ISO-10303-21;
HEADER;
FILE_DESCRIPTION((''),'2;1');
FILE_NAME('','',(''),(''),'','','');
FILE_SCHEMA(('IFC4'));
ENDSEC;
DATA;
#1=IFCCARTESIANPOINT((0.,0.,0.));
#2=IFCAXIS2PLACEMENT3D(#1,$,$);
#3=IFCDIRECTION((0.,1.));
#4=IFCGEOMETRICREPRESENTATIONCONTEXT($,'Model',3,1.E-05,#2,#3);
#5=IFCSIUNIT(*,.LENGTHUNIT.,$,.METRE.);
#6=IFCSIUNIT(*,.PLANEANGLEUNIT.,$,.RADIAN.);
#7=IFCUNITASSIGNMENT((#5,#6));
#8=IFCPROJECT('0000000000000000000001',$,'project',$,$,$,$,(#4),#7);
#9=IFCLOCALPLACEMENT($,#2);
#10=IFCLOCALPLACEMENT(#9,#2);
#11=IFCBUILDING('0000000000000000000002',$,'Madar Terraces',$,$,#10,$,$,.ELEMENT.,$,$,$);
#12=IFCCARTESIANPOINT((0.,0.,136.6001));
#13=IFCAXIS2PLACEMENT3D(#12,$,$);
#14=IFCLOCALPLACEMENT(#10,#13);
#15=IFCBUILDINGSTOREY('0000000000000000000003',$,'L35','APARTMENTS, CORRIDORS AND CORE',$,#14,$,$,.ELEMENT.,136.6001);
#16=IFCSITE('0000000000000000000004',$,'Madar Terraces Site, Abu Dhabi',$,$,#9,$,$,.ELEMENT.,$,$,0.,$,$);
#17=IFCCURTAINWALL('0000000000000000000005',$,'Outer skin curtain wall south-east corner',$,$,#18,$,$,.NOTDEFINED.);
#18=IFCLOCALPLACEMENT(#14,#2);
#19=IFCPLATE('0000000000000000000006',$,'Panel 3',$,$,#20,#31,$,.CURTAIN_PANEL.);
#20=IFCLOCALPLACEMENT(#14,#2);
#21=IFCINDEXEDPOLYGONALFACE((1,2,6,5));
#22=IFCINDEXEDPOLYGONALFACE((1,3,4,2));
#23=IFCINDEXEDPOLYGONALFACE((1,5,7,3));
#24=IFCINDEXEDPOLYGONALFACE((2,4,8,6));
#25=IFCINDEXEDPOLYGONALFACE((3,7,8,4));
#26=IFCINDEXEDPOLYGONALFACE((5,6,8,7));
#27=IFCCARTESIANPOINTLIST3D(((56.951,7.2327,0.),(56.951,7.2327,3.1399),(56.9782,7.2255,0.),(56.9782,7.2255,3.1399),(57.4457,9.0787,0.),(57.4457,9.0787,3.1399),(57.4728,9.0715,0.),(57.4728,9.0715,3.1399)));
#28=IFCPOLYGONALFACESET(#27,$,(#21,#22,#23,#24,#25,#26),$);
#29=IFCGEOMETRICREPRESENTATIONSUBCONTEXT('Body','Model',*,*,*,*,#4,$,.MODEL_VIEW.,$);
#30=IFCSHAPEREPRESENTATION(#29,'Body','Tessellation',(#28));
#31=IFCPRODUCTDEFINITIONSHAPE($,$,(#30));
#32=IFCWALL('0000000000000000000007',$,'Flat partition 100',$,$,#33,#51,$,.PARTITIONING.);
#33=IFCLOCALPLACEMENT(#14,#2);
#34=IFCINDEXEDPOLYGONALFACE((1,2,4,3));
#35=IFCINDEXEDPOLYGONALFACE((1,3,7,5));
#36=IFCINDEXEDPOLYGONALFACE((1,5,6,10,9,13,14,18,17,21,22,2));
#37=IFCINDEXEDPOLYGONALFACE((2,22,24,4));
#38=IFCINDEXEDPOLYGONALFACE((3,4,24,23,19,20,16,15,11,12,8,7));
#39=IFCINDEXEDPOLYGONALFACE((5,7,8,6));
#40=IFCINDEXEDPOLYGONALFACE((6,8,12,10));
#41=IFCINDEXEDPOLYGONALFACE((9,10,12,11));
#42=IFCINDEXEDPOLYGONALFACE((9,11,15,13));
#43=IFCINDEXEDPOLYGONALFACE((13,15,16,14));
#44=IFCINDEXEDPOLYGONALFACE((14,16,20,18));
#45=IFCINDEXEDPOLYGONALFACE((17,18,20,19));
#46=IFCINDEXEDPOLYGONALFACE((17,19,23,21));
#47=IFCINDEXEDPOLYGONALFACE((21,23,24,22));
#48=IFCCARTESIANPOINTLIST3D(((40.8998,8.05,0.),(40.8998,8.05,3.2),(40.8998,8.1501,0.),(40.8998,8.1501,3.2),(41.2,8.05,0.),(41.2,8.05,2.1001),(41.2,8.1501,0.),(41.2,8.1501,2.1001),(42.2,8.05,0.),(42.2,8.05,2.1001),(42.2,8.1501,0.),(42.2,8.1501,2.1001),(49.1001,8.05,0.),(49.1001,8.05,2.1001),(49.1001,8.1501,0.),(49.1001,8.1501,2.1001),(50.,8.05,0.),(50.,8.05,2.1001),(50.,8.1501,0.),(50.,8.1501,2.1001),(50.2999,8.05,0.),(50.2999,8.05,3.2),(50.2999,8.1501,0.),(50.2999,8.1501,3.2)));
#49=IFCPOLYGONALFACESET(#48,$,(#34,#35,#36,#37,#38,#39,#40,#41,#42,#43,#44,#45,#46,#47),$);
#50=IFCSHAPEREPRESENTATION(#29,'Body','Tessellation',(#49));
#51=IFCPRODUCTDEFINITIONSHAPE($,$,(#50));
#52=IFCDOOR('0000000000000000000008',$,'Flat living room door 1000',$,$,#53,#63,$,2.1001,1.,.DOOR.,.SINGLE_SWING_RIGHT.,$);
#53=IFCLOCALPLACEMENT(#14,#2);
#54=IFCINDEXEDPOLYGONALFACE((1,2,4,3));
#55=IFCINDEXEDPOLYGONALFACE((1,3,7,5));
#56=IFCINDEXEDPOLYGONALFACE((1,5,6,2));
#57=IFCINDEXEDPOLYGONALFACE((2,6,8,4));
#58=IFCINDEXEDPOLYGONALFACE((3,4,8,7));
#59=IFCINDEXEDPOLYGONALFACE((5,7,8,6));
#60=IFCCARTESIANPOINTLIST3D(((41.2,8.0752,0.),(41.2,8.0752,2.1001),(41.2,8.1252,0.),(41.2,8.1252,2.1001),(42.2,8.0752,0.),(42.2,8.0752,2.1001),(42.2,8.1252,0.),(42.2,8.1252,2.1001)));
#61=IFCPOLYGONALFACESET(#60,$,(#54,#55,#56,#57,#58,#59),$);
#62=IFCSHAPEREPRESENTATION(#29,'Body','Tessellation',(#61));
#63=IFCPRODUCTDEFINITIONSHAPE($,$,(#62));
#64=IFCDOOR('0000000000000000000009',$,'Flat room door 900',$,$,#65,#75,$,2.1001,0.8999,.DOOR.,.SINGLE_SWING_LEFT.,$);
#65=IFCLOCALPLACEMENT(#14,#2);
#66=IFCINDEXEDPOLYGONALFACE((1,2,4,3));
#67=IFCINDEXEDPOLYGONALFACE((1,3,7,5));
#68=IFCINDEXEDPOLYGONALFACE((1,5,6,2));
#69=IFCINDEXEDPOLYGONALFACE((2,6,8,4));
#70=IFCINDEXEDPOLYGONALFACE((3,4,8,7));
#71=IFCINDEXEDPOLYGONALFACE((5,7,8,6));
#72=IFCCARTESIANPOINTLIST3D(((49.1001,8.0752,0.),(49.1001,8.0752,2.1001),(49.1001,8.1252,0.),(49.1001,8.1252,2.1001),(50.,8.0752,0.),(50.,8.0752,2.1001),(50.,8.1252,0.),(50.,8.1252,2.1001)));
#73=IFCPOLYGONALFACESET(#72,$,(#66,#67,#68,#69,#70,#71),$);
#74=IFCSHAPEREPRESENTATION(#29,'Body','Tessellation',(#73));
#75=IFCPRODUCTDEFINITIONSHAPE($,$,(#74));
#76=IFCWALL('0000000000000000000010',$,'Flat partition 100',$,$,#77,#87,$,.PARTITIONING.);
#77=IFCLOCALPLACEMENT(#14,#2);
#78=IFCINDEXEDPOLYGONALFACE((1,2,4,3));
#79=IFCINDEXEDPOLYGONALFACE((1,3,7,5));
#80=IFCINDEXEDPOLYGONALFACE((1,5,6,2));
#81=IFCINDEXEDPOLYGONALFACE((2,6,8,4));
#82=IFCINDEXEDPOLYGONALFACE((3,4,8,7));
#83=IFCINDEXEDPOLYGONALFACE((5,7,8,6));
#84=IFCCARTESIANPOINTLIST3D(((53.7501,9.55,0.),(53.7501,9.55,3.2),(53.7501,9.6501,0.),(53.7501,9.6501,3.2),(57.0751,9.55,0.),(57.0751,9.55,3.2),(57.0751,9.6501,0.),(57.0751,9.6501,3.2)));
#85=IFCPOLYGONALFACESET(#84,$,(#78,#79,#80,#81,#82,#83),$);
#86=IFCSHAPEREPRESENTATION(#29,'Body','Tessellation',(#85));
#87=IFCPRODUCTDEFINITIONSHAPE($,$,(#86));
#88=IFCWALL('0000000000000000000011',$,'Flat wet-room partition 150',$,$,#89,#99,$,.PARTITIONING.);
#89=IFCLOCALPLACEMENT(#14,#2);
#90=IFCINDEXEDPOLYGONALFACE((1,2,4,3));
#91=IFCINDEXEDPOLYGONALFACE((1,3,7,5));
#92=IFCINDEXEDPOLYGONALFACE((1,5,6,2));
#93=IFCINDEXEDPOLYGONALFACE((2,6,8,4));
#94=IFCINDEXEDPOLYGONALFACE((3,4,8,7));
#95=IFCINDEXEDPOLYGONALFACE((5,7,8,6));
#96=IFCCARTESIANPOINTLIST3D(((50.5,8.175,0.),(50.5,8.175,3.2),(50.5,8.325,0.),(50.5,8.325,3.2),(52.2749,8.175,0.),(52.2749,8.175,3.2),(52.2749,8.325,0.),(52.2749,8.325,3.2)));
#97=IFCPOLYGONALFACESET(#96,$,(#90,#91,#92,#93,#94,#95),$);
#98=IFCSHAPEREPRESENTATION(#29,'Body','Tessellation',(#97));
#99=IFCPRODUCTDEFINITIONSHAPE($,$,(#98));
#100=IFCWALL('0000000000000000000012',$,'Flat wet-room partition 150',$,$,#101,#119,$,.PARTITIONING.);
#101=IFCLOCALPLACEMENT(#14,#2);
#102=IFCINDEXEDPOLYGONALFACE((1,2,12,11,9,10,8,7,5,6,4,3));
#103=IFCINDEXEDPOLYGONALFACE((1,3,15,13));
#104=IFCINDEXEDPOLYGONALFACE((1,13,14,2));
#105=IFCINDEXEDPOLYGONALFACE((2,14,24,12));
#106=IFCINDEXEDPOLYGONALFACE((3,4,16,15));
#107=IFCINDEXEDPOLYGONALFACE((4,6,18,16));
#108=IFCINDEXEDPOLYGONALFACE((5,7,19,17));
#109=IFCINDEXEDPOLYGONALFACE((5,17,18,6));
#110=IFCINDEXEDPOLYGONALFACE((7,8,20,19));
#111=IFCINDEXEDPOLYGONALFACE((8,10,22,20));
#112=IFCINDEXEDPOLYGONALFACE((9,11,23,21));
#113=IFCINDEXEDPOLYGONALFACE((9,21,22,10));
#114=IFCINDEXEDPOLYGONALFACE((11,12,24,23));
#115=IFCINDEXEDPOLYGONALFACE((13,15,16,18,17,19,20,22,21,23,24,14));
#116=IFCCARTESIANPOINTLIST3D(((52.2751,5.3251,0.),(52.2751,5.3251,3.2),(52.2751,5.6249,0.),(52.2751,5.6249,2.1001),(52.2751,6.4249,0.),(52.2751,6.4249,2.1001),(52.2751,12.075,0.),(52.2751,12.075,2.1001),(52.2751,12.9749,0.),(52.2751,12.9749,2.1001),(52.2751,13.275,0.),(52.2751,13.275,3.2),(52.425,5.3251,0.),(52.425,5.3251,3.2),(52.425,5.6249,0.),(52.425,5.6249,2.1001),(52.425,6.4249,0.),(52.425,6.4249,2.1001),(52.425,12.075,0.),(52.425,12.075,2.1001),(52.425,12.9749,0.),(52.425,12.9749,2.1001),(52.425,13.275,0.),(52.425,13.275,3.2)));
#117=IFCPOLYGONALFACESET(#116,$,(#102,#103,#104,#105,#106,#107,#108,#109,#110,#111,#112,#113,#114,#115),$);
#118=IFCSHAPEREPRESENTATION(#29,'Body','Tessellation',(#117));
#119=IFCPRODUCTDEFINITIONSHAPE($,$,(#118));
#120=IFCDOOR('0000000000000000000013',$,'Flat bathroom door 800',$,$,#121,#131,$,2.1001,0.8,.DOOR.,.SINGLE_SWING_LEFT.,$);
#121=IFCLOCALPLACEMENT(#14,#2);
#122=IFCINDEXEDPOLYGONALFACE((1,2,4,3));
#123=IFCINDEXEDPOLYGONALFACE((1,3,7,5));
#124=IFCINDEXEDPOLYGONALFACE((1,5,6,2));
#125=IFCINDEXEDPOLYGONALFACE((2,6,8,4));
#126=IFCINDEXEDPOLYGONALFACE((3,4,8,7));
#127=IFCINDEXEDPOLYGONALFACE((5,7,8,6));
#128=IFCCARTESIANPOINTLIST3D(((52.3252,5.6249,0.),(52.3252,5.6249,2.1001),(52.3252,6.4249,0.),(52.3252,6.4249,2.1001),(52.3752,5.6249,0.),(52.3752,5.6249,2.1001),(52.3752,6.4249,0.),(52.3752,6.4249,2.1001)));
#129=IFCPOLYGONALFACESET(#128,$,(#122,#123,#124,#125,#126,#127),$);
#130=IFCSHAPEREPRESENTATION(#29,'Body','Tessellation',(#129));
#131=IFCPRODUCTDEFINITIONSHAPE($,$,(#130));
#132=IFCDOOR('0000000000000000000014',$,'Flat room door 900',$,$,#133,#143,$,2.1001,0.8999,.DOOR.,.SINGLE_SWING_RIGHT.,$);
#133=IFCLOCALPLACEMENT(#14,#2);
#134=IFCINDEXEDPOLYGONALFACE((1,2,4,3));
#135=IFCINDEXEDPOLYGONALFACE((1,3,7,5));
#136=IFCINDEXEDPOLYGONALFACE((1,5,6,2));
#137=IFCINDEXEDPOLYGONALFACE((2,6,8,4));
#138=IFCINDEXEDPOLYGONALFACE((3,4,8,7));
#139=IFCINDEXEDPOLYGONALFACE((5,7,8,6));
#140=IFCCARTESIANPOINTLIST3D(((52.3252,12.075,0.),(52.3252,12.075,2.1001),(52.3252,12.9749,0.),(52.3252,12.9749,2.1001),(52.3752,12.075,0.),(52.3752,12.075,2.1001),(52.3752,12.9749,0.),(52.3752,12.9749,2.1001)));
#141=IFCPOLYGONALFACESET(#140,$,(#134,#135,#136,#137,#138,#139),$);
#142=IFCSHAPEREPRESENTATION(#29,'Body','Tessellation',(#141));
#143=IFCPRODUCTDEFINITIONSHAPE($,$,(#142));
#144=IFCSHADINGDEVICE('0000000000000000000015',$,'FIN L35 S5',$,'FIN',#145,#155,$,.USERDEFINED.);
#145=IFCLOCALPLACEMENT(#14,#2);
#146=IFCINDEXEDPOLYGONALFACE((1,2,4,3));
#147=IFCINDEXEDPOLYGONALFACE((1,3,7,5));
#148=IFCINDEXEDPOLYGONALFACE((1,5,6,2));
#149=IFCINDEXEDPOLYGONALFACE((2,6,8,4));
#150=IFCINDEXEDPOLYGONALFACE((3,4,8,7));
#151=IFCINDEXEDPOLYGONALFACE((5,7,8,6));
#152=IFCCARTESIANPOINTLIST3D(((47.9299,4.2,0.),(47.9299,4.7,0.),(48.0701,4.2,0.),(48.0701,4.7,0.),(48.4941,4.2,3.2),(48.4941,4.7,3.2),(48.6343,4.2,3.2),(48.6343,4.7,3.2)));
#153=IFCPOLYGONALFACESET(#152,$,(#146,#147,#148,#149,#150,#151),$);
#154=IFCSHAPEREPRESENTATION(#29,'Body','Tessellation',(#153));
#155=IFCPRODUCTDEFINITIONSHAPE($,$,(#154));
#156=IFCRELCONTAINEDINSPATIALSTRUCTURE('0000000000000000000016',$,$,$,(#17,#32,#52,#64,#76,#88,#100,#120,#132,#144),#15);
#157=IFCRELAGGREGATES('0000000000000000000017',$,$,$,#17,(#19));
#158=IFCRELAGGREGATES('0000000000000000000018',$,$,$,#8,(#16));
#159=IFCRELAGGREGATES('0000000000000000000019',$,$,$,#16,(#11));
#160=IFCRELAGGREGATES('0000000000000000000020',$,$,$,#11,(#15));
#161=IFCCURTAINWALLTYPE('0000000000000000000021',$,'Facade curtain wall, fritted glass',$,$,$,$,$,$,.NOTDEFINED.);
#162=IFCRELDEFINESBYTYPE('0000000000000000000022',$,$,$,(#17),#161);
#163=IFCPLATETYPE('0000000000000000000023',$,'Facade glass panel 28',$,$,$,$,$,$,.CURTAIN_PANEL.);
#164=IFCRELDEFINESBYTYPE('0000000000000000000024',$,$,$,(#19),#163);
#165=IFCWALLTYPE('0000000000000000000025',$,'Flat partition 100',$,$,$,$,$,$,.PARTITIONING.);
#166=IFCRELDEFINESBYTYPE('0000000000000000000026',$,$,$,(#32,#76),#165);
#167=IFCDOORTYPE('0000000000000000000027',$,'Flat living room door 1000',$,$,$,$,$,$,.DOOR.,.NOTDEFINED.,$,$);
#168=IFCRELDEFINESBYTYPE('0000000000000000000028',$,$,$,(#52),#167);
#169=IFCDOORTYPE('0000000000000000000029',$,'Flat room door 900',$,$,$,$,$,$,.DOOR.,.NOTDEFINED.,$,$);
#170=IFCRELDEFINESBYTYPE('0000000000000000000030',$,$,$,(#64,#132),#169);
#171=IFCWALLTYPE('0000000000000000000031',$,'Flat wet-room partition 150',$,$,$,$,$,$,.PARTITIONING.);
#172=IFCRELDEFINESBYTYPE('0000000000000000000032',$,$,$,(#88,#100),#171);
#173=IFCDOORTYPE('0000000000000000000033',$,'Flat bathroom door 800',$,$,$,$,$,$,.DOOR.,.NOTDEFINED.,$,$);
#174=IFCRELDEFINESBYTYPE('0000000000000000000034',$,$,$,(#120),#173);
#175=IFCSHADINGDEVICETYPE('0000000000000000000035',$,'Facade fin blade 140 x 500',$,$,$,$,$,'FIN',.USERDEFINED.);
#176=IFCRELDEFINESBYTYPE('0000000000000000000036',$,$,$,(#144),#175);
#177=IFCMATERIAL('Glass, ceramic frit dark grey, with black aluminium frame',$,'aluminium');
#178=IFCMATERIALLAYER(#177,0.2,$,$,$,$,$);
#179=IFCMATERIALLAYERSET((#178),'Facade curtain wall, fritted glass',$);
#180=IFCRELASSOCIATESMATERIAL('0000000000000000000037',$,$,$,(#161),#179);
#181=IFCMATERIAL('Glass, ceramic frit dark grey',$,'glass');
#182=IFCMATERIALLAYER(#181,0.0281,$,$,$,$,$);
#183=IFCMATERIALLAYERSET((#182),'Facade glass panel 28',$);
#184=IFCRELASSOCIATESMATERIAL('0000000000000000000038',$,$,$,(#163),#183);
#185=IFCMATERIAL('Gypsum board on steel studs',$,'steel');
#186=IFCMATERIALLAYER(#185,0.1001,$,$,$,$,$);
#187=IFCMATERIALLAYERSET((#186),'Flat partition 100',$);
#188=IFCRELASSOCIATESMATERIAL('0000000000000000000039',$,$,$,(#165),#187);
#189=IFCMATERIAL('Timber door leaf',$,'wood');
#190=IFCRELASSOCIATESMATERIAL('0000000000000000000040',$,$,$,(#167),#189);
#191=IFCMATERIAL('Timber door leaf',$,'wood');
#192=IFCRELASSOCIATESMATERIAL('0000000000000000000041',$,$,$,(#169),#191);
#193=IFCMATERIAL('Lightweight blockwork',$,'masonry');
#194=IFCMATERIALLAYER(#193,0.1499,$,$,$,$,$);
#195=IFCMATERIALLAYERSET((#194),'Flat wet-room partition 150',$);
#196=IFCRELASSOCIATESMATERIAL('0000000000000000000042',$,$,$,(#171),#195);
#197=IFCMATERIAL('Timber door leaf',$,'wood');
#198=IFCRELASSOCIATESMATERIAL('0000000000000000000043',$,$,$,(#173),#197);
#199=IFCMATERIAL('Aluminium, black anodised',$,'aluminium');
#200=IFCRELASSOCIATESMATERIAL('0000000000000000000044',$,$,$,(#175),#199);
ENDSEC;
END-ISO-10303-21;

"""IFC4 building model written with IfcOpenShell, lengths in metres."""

from ifc_helpers import new_model, si_unit, direction, frame, frame_2d, origin, origin_2d, place, context, subcontext, project, spatial, polyline, rectangle, outline, extrude, material, layer, layer_set, type_object, element, fill, aggregate, save


model = new_model("IFC4")

# Units and contexts
model_context = context("Model", 3, precision=1e-05, world=origin(), true_north=direction((0.0, 1.0)))
body_context = subcontext(model_context, "Body", "Model", "MODEL_VIEW")
ifc_project = project(units=[si_unit("LENGTHUNIT", "METRE"), si_unit("PLANEANGLEUNIT", "RADIAN")], contexts=[model_context])

# Site, building, storey
site_placement = place(None, origin())
site = spatial("IfcSite", under=ifc_project, at=site_placement, Name="Madar Terraces Site, Abu Dhabi", CompositionType="ELEMENT", RefElevation=0.0)
building_placement = place(site_placement, origin())
building = spatial("IfcBuilding", under=site, at=building_placement, Name="Madar Terraces", CompositionType="ELEMENT")
storey_placement = place(building_placement, frame((0.0, 0.0, 136.6001)))
storey = spatial("IfcBuildingStorey", under=building, at=storey_placement, Name="L35", Description="APARTMENTS, CORRIDORS AND CORE", CompositionType="ELEMENT", Elevation=136.6001)

# Shared definitions
ifc_material_1 = material(Name="Glass, ceramic frit dark grey, with black aluminium frame", Category="aluminium")
ifc_layer_1 = layer(ifc_material_1, 0.2)
ifc_layer_set_1 = layer_set([ifc_layer_1], Name="Facade curtain wall, fritted glass")
curtain_wall_type = type_object("IfcCurtainWallType", Name="Facade curtain wall, fritted glass", PredefinedType="NOTDEFINED", material=ifc_layer_set_1)

# Curtain wall
curtain_wall_1_placement = place(storey_placement, origin())
curtain_wall_1 = element("IfcCurtainWall", 1, at=curtain_wall_1_placement, inside=storey, type_object=curtain_wall_type, Name="Outer skin curtain wall south-east corner", PredefinedType="NOTDEFINED")

# Plate
ifc_material_2 = material(Name="Glass, ceramic frit dark grey", Category="glass")
ifc_layer_2 = layer(ifc_material_2, 0.0281)
ifc_layer_set_2 = layer_set([ifc_layer_2], Name="Facade glass panel 28")
plate_type = type_object("IfcPlateType", Name="Facade glass panel 28", PredefinedType="CURTAIN_PANEL", material=ifc_layer_set_2)
plate_1_placement = place(storey_placement, frame((57.2119, 8.1521, 0.0), z_axis=(0.0, 0.0, 1.0), x_axis=(0.258819, 0.965926, 0.0)))
plate_1 = element("IfcPlate", 2, at=plate_1_placement, type_object=plate_type, Name="Panel 3", PredefinedType="CURTAIN_PANEL", context=body_context, shape_type="SweptSolid", body=[
    extrude(rectangle(XDim=1.9111, YDim=0.0281, at=origin_2d()), origin(), (0.0, 0.0, 1.0), 3.1399),
])
aggregate(curtain_wall_1, [plate_1])

# Wall, openings, doors
ifc_material_3 = material(Name="Gypsum board on steel studs", Category="steel")
ifc_layer_3 = layer(ifc_material_3, 0.1001)
ifc_layer_set_3 = layer_set([ifc_layer_3], Name="Flat partition 100")
wall_type_1 = type_object("IfcWallType", Name="Flat partition 100", PredefinedType="PARTITIONING", material=ifc_layer_set_3)
wall_1_placement = place(storey_placement, frame((50.3, 8.1001, 0.0), z_axis=(0.0, 0.0, 1.0), x_axis=(-1.0, 0.0, 0.0)))
wall_1 = element("IfcWall", 3, at=wall_1_placement, inside=storey, type_object=wall_type_1, Name="Flat partition 100", PredefinedType="PARTITIONING", context=body_context, shape_type="SweptSolid", body=[
    extrude(rectangle(XDim=9.4001, YDim=0.1001, at=frame_2d((4.7002, 0.0))), origin(), (0.0, 0.0, 1.0), 3.2),
])
opening_1_placement = place(wall_1_placement, frame((8.1001, 0.0, 0.0)))
opening_1 = element("IfcOpeningElement", 4, at=opening_1_placement, cuts=wall_1, PredefinedType="OPENING", context=body_context, shape_type="SweptSolid", body=[
    extrude(rectangle(XDim=1.0, YDim=2.1001, at=frame_2d((0.5, 1.05))), frame((0.0, 0.0601, 0.0), z_axis=(0.0, -1.0, 0.0), x_axis=(1.0, 0.0, 0.0)), (0.0, 0.0, 1.0), 0.1201),
])
opening_2_placement = place(wall_1_placement, frame((0.3, 0.0, 0.0)))
opening_2 = element("IfcOpeningElement", 5, at=opening_2_placement, cuts=wall_1, PredefinedType="OPENING", context=body_context, shape_type="SweptSolid", body=[
    extrude(rectangle(XDim=0.8999, YDim=2.1001, at=frame_2d((0.45, 1.05))), frame((0.0, 0.0601, 0.0), z_axis=(0.0, -1.0, 0.0), x_axis=(1.0, 0.0, 0.0)), (0.0, 0.0, 1.0), 0.1201),
])
ifc_material_4 = material(Name="Timber door leaf", Category="wood")
door_type_1 = type_object("IfcDoorType", Name="Flat living room door 1000", OperationType="NOTDEFINED", PredefinedType="DOOR", material=ifc_material_4)
door_1_placement = place(opening_1_placement, origin())
door_1 = element("IfcDoor", 6, at=door_1_placement, inside=storey, type_object=door_type_1, Name="Flat living room door 1000", OperationType="SINGLE_SWING_RIGHT", OverallHeight=2.1001, OverallWidth=1.0, PredefinedType="DOOR", context=body_context, shape_type="SweptSolid", body=[
    extrude(rectangle(XDim=1.0, YDim=2.1001, at=frame_2d((0.5, 1.05))), frame((0.0, 0.0249, 0.0), z_axis=(0.0, -1.0, 0.0), x_axis=(1.0, 0.0, 0.0)), (0.0, 0.0, 1.0), 0.05),
])
fill(opening_1, door_1)
ifc_material_5 = material(Name="Timber door leaf", Category="wood")
door_type_2 = type_object("IfcDoorType", Name="Flat room door 900", OperationType="NOTDEFINED", PredefinedType="DOOR", material=ifc_material_5)
door_2_placement = place(opening_2_placement, origin())
door_2 = element("IfcDoor", 7, at=door_2_placement, inside=storey, type_object=door_type_2, Name="Flat room door 900", OperationType="SINGLE_SWING_LEFT", OverallHeight=2.1001, OverallWidth=0.8999, PredefinedType="DOOR", context=body_context, shape_type="SweptSolid", body=[
    extrude(rectangle(XDim=0.8999, YDim=2.1001, at=frame_2d((0.45, 1.05))), frame((0.0, 0.0249, 0.0), z_axis=(0.0, -1.0, 0.0), x_axis=(1.0, 0.0, 0.0)), (0.0, 0.0, 1.0), 0.05),
])
fill(opening_2, door_2)

# Walls
wall_2_placement = place(storey_placement, frame((53.75, 9.6001, 0.0), z_axis=(0.0, 0.0, 1.0), x_axis=(1.0, 0.0, 0.0)))
element("IfcWall", 8, at=wall_2_placement, inside=storey, type_object=wall_type_1, Name="Flat partition 100", PredefinedType="PARTITIONING", context=body_context, shape_type="SweptSolid", body=[
    extrude(rectangle(XDim=3.325, YDim=0.1001, at=frame_2d((1.6626, 0.0))), origin(), (0.0, 0.0, 1.0), 3.2),
])
ifc_material_6 = material(Name="Lightweight blockwork", Category="masonry")
ifc_layer_4 = layer(ifc_material_6, 0.1499)
ifc_layer_set_4 = layer_set([ifc_layer_4], Name="Flat wet-room partition 150")
wall_type_2 = type_object("IfcWallType", Name="Flat wet-room partition 150", PredefinedType="PARTITIONING", material=ifc_layer_set_4)
wall_3_placement = place(storey_placement, frame((50.5, 8.25, 0.0), z_axis=(0.0, 0.0, 1.0), x_axis=(1.0, 0.0, 0.0)))
element("IfcWall", 9, at=wall_3_placement, inside=storey, type_object=wall_type_2, Name="Flat wet-room partition 150", PredefinedType="PARTITIONING", context=body_context, shape_type="SweptSolid", body=[
    extrude(rectangle(XDim=1.7749, YDim=0.1499, at=frame_2d((0.8875, 0.0))), origin(), (0.0, 0.0, 1.0), 3.2),
])

# Wall, openings, doors
wall_4_placement = place(storey_placement, frame((52.3501, 5.325, 0.0), z_axis=(0.0, 0.0, 1.0), x_axis=(0.0, 1.0, 0.0)))
wall_4 = element("IfcWall", 10, at=wall_4_placement, inside=storey, type_object=wall_type_2, Name="Flat wet-room partition 150", PredefinedType="PARTITIONING", context=body_context, shape_type="SweptSolid", body=[
    extrude(rectangle(XDim=7.95, YDim=0.1499, at=frame_2d((3.9751, 0.0))), origin(), (0.0, 0.0, 1.0), 3.2),
])
opening_3_placement = place(wall_4_placement, frame((6.75, 0.0, 0.0)))
opening_3 = element("IfcOpeningElement", 11, at=opening_3_placement, cuts=wall_4, PredefinedType="OPENING", context=body_context, shape_type="SweptSolid", body=[
    extrude(rectangle(XDim=0.8999, YDim=2.1001, at=frame_2d((0.45, 1.05))), frame((0.0, 0.085, 0.0), z_axis=(0.0, -1.0, 0.0), x_axis=(1.0, 0.0, 0.0)), (0.0, 0.0, 1.0), 0.1699),
])
opening_4_placement = place(wall_4_placement, frame((0.3, 0.0, 0.0)))
opening_4 = element("IfcOpeningElement", 12, at=opening_4_placement, cuts=wall_4, PredefinedType="OPENING", context=body_context, shape_type="SweptSolid", body=[
    extrude(rectangle(XDim=0.8, YDim=2.1001, at=frame_2d((0.3999, 1.05))), frame((0.0, 0.085, 0.0), z_axis=(0.0, -1.0, 0.0), x_axis=(1.0, 0.0, 0.0)), (0.0, 0.0, 1.0), 0.1699),
])
ifc_material_7 = material(Name="Timber door leaf", Category="wood")
door_type_3 = type_object("IfcDoorType", Name="Flat bathroom door 800", OperationType="NOTDEFINED", PredefinedType="DOOR", material=ifc_material_7)
door_3_placement = place(opening_4_placement, origin())
door_3 = element("IfcDoor", 13, at=door_3_placement, inside=storey, type_object=door_type_3, Name="Flat bathroom door 800", OperationType="SINGLE_SWING_LEFT", OverallHeight=2.1001, OverallWidth=0.8, PredefinedType="DOOR", context=body_context, shape_type="SweptSolid", body=[
    extrude(rectangle(XDim=0.8, YDim=2.1001, at=frame_2d((0.3999, 1.05))), frame((0.0, 0.0249, 0.0), z_axis=(0.0, -1.0, 0.0), x_axis=(1.0, 0.0, 0.0)), (0.0, 0.0, 1.0), 0.05),
])
fill(opening_4, door_3)
door_4_placement = place(opening_3_placement, origin())
door_4 = element("IfcDoor", 14, at=door_4_placement, inside=storey, type_object=door_type_2, Name="Flat room door 900", OperationType="SINGLE_SWING_RIGHT", OverallHeight=2.1001, OverallWidth=0.8999, PredefinedType="DOOR", context=body_context, shape_type="SweptSolid", body=[
    extrude(rectangle(XDim=0.8999, YDim=2.1001, at=frame_2d((0.45, 1.05))), frame((0.0, 0.0249, 0.0), z_axis=(0.0, -1.0, 0.0), x_axis=(1.0, 0.0, 0.0)), (0.0, 0.0, 1.0), 0.05),
])
fill(opening_3, door_4)

# Shading device
ifc_material_8 = material(Name="Aluminium, black anodised", Category="aluminium")
shading_device_type = type_object("IfcShadingDeviceType", Name="Facade fin blade 140 x 500", ElementType="FIN", PredefinedType="USERDEFINED", material=ifc_material_8)
shading_device_placement = place(storey_placement, frame((47.9299, 4.45, 0.0), z_axis=(0.0, 0.0, 1.0), x_axis=(1.0, 0.0, 0.0)))
element("IfcShadingDevice", 15, at=shading_device_placement, inside=storey, type_object=shading_device_type, Name="FIN L35 S5", ObjectType="FIN", PredefinedType="USERDEFINED", context=body_context, shape_type="SweptSolid", body=[
    extrude(outline(polyline([(0.0, 0.0), (0.1401, 0.0), (0.7043, 3.2), (0.5642, 3.2), (0.0, 0.0)])), frame((0.0, 0.25, 0.0), z_axis=(0.0, -1.0, 0.0), x_axis=(1.0, 0.0, 0.0)), (0.0, 0.0, 1.0), 0.5),
])

save(model, "model.ifc")
